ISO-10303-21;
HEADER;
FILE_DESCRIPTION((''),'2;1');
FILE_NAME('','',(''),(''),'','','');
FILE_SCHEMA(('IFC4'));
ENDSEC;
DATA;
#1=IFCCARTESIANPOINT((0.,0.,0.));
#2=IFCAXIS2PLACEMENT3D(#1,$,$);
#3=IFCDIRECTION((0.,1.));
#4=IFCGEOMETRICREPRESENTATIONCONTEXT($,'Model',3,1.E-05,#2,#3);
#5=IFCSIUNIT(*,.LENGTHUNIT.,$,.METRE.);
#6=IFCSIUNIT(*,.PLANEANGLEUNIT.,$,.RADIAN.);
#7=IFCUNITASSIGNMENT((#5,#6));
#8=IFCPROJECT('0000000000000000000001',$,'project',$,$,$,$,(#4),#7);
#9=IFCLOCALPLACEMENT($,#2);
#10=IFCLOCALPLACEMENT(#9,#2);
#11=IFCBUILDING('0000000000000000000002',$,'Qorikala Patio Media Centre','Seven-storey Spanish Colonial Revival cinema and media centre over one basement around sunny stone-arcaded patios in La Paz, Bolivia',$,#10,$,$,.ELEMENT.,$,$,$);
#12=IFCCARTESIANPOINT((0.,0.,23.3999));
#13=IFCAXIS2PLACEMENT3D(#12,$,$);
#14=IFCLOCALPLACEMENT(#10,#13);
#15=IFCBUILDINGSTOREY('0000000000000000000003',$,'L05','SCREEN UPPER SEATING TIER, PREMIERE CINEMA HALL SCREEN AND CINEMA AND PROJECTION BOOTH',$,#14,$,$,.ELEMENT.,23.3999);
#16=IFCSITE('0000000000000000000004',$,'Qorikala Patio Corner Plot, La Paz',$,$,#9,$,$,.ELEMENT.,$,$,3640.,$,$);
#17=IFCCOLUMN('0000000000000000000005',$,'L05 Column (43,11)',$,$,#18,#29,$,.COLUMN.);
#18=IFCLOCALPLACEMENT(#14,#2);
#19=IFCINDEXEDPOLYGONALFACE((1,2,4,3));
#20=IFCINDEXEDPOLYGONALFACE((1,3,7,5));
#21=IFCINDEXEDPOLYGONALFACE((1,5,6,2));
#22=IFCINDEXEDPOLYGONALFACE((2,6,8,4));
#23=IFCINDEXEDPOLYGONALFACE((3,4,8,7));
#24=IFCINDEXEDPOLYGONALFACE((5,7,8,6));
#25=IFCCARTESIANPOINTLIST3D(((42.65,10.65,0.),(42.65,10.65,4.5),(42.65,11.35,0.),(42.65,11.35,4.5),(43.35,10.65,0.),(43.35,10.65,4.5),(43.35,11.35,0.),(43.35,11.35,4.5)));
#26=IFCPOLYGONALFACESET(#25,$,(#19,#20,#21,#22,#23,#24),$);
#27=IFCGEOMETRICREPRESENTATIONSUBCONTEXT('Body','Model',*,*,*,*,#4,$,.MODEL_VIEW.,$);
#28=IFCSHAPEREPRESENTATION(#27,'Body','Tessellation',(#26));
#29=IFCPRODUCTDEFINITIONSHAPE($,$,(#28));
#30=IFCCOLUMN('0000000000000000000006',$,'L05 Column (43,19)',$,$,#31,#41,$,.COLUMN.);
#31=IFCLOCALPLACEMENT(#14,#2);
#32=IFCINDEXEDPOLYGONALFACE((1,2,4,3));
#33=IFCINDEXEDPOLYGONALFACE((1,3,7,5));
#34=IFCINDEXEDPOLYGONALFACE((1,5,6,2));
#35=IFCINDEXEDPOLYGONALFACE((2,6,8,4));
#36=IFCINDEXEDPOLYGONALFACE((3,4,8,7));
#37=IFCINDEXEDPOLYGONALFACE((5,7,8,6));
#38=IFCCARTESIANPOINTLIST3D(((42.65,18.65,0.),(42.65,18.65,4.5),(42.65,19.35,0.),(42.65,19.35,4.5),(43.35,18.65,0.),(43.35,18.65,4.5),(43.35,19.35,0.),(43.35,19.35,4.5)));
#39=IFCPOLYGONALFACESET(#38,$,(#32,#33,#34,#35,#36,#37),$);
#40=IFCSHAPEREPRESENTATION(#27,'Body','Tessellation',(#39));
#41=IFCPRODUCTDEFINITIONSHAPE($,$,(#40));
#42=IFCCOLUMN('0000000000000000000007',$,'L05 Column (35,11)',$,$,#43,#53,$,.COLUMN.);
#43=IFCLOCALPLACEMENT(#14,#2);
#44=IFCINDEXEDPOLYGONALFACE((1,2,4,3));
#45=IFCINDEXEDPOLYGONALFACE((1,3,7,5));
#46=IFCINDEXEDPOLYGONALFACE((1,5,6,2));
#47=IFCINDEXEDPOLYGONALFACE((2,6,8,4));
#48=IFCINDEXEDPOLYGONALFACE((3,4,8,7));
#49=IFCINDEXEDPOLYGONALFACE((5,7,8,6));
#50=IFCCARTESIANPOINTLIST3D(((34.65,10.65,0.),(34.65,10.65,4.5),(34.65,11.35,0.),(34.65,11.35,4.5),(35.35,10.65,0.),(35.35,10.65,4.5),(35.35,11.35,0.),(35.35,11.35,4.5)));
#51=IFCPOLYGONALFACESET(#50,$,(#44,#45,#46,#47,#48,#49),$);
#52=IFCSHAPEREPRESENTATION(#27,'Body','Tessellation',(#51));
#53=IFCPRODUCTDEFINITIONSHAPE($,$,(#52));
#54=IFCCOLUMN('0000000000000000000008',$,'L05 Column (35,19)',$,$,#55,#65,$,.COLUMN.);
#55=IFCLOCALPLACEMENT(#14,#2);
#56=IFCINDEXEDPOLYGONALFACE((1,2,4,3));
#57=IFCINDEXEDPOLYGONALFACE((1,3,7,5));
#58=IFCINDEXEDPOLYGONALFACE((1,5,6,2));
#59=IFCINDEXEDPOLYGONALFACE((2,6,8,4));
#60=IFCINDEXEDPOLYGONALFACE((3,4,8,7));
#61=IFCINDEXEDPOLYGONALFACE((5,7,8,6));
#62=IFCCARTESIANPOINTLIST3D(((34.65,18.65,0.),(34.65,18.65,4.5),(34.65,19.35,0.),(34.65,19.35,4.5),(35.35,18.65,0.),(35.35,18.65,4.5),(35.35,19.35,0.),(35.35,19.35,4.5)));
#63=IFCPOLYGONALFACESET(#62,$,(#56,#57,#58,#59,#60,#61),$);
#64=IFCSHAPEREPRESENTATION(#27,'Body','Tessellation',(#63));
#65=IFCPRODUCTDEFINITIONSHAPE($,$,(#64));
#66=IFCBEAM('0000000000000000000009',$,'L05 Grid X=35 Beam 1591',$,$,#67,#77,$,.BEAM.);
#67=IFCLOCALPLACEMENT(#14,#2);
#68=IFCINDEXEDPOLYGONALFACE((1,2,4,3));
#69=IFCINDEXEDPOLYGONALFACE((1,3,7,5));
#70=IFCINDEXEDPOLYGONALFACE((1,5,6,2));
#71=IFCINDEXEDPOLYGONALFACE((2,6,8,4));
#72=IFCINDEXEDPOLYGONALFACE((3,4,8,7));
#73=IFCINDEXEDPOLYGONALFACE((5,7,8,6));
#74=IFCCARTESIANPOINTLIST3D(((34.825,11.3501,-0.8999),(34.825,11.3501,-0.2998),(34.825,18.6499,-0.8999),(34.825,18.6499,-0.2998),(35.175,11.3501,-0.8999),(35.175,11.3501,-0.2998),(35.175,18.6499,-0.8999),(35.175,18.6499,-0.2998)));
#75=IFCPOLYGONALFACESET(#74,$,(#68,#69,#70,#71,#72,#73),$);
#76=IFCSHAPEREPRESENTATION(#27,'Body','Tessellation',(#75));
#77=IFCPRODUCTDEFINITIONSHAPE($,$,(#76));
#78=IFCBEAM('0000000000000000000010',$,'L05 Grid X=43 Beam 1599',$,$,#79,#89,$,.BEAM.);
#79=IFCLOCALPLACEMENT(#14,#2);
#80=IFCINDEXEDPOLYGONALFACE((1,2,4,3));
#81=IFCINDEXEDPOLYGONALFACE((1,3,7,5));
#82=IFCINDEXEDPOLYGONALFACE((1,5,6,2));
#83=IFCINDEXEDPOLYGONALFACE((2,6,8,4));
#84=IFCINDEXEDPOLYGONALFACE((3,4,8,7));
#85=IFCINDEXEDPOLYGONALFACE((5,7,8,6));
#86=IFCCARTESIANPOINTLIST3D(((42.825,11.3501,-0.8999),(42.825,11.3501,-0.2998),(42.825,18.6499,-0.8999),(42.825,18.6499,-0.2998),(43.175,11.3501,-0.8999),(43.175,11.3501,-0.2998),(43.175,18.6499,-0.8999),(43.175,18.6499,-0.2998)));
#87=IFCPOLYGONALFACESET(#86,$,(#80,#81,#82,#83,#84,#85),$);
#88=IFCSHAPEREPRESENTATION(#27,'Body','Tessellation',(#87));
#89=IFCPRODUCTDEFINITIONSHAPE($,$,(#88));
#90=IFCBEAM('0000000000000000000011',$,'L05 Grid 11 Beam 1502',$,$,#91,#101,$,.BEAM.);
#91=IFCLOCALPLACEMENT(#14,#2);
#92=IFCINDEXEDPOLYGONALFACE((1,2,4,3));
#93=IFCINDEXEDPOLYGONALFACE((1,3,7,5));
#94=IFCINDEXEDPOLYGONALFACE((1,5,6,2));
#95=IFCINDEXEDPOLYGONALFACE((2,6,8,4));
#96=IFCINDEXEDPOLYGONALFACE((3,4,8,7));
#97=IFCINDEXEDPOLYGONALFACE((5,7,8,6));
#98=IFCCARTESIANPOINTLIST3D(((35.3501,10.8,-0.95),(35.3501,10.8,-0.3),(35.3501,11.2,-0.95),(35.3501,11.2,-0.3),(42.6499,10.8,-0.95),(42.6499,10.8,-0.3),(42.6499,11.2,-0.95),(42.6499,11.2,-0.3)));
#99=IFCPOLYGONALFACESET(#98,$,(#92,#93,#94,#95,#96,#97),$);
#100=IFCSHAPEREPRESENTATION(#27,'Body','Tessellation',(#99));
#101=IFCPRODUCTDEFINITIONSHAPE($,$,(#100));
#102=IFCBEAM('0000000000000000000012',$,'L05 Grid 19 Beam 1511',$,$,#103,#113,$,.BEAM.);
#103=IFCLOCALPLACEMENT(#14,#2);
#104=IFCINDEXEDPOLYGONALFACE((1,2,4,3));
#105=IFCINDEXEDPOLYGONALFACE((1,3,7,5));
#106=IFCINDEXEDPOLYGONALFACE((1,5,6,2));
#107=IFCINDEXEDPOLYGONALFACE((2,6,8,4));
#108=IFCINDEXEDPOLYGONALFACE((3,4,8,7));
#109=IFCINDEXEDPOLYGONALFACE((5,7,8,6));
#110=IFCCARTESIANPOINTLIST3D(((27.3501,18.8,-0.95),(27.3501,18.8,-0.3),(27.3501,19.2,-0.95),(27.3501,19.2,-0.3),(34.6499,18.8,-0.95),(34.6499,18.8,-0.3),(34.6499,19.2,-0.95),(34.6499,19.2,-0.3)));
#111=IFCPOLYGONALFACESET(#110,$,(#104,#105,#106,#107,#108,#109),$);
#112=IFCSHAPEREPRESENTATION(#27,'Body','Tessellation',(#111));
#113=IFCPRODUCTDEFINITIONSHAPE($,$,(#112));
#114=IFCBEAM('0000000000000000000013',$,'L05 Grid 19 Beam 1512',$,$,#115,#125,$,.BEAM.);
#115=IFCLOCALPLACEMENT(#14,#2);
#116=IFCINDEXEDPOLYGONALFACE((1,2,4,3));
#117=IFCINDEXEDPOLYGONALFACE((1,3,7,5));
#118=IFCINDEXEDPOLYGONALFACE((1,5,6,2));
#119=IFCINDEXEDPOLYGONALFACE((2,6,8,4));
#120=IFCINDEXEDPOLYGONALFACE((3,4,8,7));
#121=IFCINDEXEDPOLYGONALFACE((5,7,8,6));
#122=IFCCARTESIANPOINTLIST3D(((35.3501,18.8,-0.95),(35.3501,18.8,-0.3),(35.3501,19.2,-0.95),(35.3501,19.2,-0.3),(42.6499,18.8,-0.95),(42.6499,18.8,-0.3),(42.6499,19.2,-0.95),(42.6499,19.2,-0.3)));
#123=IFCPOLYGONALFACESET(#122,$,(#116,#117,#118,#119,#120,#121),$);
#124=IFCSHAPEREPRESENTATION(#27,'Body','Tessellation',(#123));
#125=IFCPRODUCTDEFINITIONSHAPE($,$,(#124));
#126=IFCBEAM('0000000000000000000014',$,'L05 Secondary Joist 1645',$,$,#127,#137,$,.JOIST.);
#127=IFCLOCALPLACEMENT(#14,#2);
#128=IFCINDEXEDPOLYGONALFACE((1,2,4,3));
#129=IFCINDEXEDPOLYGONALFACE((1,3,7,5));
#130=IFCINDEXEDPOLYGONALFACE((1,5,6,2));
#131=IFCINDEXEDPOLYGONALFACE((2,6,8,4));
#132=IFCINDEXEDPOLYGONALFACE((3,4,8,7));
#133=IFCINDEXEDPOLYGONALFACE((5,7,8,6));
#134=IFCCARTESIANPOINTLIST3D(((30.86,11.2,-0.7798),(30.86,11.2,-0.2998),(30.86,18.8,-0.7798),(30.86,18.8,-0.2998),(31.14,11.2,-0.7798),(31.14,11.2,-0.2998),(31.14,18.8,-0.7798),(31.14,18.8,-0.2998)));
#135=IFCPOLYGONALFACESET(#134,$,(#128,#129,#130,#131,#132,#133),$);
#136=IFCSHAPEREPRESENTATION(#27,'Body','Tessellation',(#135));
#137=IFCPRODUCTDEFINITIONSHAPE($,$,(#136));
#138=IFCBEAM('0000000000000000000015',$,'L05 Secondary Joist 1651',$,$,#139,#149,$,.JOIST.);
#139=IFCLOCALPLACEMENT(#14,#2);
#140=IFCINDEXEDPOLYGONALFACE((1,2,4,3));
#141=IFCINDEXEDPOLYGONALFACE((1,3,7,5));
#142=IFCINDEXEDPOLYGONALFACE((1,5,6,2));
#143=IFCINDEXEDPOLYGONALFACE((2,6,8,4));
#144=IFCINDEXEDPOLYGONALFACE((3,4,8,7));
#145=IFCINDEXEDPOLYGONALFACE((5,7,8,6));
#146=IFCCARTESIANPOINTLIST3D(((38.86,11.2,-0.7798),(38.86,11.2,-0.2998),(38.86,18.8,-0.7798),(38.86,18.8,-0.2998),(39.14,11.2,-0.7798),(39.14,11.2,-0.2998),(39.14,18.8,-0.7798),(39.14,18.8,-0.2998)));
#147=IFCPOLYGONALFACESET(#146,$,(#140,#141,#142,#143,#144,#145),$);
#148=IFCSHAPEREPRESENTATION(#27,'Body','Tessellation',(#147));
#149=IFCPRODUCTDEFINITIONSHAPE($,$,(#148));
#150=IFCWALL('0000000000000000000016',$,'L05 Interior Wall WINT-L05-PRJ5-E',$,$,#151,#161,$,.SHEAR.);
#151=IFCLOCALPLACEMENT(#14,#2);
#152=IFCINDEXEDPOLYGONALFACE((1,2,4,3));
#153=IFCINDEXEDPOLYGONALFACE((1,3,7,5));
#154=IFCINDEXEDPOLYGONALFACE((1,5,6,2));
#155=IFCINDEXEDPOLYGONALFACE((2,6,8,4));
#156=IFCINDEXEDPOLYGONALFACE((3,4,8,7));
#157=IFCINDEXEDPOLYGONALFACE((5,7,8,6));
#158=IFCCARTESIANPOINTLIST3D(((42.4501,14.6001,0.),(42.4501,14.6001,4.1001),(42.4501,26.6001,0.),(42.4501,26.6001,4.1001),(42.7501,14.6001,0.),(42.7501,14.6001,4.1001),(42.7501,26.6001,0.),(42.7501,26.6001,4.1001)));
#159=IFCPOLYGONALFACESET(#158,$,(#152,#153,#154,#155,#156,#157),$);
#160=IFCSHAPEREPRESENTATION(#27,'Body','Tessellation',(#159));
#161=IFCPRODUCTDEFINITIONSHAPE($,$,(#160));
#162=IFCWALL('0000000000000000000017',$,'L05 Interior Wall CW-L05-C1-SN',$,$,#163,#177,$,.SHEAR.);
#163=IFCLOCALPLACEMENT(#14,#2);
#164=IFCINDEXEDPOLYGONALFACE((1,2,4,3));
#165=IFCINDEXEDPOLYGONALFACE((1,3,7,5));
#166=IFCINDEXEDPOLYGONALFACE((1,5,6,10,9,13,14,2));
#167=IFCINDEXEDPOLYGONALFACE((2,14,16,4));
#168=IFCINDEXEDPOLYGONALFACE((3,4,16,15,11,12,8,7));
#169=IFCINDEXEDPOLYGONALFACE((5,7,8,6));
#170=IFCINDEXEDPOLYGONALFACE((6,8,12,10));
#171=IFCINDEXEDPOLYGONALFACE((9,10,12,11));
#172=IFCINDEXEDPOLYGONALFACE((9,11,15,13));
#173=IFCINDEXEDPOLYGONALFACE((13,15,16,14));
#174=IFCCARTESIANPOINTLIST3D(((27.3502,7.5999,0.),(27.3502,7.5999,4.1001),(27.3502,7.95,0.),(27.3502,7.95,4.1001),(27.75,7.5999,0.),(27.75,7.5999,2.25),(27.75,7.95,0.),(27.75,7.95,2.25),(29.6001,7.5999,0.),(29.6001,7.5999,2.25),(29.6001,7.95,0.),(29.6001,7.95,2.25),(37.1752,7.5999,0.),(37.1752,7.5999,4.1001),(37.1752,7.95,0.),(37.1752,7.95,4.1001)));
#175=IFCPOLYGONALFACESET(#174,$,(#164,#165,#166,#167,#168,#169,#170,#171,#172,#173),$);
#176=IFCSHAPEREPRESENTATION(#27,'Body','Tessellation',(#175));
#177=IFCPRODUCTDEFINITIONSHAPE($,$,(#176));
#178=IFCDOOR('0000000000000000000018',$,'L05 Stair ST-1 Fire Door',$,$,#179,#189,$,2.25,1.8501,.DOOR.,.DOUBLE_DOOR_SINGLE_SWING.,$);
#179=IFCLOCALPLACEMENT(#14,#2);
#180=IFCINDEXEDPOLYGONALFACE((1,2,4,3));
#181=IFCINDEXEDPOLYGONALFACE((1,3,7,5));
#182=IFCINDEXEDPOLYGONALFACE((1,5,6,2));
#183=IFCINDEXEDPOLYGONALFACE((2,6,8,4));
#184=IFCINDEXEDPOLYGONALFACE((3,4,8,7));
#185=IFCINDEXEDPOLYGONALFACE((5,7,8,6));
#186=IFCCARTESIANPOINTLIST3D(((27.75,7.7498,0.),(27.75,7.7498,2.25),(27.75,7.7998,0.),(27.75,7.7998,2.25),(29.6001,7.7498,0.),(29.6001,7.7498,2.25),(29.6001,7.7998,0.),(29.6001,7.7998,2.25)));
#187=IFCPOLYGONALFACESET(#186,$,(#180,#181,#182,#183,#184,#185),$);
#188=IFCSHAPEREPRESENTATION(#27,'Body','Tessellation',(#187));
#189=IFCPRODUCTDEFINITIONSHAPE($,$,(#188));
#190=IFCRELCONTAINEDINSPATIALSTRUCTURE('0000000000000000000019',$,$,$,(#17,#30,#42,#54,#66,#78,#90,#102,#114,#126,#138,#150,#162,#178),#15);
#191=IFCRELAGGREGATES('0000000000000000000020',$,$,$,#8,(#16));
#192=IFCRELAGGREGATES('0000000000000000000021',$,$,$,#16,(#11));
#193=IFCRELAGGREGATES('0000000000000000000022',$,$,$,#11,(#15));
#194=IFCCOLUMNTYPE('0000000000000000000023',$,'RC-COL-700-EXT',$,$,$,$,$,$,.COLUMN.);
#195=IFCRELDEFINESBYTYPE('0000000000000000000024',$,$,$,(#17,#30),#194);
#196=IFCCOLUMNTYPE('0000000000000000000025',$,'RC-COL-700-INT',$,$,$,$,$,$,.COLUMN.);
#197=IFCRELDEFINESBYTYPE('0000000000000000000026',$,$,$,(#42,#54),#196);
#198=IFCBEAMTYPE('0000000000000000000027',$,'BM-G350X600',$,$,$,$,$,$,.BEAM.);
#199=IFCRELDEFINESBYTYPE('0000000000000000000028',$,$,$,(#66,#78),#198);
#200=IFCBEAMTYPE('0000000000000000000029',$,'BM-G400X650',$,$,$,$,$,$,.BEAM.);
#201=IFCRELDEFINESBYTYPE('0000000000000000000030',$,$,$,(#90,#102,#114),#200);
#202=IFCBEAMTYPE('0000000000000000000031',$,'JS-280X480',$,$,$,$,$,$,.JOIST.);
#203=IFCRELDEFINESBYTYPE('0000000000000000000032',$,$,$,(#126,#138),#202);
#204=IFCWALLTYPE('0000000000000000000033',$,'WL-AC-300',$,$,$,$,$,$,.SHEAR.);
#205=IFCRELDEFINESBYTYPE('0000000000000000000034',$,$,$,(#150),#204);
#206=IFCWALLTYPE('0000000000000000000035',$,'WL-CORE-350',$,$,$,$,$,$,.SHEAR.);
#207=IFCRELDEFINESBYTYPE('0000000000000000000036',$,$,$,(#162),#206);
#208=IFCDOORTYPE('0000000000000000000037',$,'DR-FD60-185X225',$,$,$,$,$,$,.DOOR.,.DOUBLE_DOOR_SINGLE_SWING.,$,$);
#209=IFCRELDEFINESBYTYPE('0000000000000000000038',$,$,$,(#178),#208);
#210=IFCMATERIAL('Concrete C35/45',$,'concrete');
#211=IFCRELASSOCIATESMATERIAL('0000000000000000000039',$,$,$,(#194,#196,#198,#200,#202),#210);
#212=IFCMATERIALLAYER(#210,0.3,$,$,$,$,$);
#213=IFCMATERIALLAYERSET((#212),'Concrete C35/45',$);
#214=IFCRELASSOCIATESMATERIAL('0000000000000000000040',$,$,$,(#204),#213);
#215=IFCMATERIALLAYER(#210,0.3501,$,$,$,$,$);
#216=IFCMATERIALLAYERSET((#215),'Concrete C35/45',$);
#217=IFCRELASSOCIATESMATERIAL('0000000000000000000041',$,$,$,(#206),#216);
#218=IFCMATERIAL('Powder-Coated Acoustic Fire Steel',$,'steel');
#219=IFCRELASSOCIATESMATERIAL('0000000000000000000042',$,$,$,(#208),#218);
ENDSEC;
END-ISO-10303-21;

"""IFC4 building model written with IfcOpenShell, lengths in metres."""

from ifc_helpers import new_model, si_unit, direction, frame, frame_2d, origin, origin_2d, place, context, subcontext, project, spatial, rectangle, extrude, material, layer, layer_set, material_profile, profile_set, type_object, element, fill, save


model = new_model("IFC4")

# Units and contexts
model_context = context("Model", 3, precision=1e-05, world=origin(), true_north=direction((0.0, 1.0)))
body_context = subcontext(model_context, "Body", "Model", "MODEL_VIEW")
ifc_project = project(units=[si_unit("LENGTHUNIT", "METRE"), si_unit("PLANEANGLEUNIT", "RADIAN")], contexts=[model_context])

# Site, building, storey
site_placement = place(None, origin())
site = spatial("IfcSite", under=ifc_project, at=site_placement, Name="Qorikala Patio Corner Plot, La Paz", CompositionType="ELEMENT", RefElevation=3640.0)
building_placement = place(site_placement, origin())
building = spatial("IfcBuilding", under=site, at=building_placement, Name="Qorikala Patio Media Centre", Description="Seven-storey Spanish Colonial Revival cinema and media centre over one basement around sunny stone-arcaded patios in La Paz, Bolivia", CompositionType="ELEMENT")
storey_placement = place(building_placement, frame((0.0, 0.0, 23.3999)))
storey = spatial("IfcBuildingStorey", under=building, at=storey_placement, Name="L05", Description="SCREEN UPPER SEATING TIER, PREMIERE CINEMA HALL SCREEN AND CINEMA AND PROJECTION BOOTH", CompositionType="ELEMENT", Elevation=23.3999)

# Columns
ifc_material_1 = material(Name="Concrete C35/45", Category="concrete")
ifc_material_profile_1 = material_profile(ifc_material_1, rectangle(XDim=0.7, YDim=0.7, at=origin_2d()), Name="RC 700x700")
ifc_profile_set_1 = profile_set([ifc_material_profile_1], Name="Concrete C35/45")
column_type_1 = type_object("IfcColumnType", Name="RC-COL-700-EXT", PredefinedType="COLUMN", material=ifc_profile_set_1)
for number, where, z_axis, x_axis, name in (
    (1, (43.0, 11.0, 0.0), (0.0, 0.0, 1.0), (1.0, 0.0, 0.0), "L05 Column (43,11)"),
    (2, (43.0, 19.0, 0.0), (0.0, 0.0, 1.0), (1.0, 0.0, 0.0), "L05 Column (43,19)"),
):
    element("IfcColumn", number, at=place(storey_placement, frame(where, z_axis=z_axis, x_axis=x_axis)), inside=storey, type_object=column_type_1, Name=name, PredefinedType="COLUMN", context=body_context, shape_type="SweptSolid", body=[
        extrude(rectangle(XDim=0.7, YDim=0.7, at=origin_2d()), origin(), (0.0, 0.0, 1.0), 4.5),
    ])
ifc_material_profile_2 = material_profile(ifc_material_1, rectangle(XDim=0.7, YDim=0.7, at=origin_2d()), Name="RC 700x700")
ifc_profile_set_2 = profile_set([ifc_material_profile_2], Name="Concrete C35/45")
column_type_2 = type_object("IfcColumnType", Name="RC-COL-700-INT", PredefinedType="COLUMN", material=ifc_profile_set_2)
for number, where, z_axis, x_axis, name in (
    (3, (35.0, 11.0, 0.0), (0.0, 0.0, 1.0), (1.0, 0.0, 0.0), "L05 Column (35,11)"),
    (4, (35.0, 19.0, 0.0), (0.0, 0.0, 1.0), (1.0, 0.0, 0.0), "L05 Column (35,19)"),
):
    element("IfcColumn", number, at=place(storey_placement, frame(where, z_axis=z_axis, x_axis=x_axis)), inside=storey, type_object=column_type_2, Name=name, PredefinedType="COLUMN", context=body_context, shape_type="SweptSolid", body=[
        extrude(rectangle(XDim=0.7, YDim=0.7, at=origin_2d()), origin(), (0.0, 0.0, 1.0), 4.5),
    ])

# Beams
ifc_material_profile_3 = material_profile(ifc_material_1, rectangle(XDim=0.3501, YDim=0.6001, at=origin_2d()), Name="RC 350x600")
ifc_profile_set_3 = profile_set([ifc_material_profile_3], Name="Concrete C35/45")
beam_type_1 = type_object("IfcBeamType", Name="BM-G350X600", PredefinedType="BEAM", material=ifc_profile_set_3)
for number, where, z_axis, x_axis, name in (
    (5, (35.0, 11.3501, -0.5999), (0.0, 1.0, 0.0), (-1.0, 0.0, 0.0), "L05 Grid X=35 Beam 1591"),
    (6, (43.0, 11.3501, -0.5999), (0.0, 1.0, 0.0), (-1.0, 0.0, 0.0), "L05 Grid X=43 Beam 1599"),
):
    element("IfcBeam", number, at=place(storey_placement, frame(where, z_axis=z_axis, x_axis=x_axis)), inside=storey, type_object=beam_type_1, Name=name, PredefinedType="BEAM", context=body_context, shape_type="SweptSolid", body=[
        extrude(rectangle(XDim=0.3501, YDim=0.6001, at=origin_2d()), origin(), (0.0, 0.0, 1.0), 7.2998),
    ])
ifc_material_profile_4 = material_profile(ifc_material_1, rectangle(XDim=0.3999, YDim=0.6499, at=origin_2d()), Name="RC 400x650")
ifc_profile_set_4 = profile_set([ifc_material_profile_4], Name="Concrete C35/45")
beam_type_2 = type_object("IfcBeamType", Name="BM-G400X650", PredefinedType="BEAM", material=ifc_profile_set_4)
for number, where, z_axis, x_axis, name in (
    (7, (35.3501, 11.0, -0.625), (1.0, 0.0, 0.0), (0.0, 1.0, 0.0), "L05 Grid 11 Beam 1502"),
    (8, (27.3501, 19.0, -0.625), (1.0, 0.0, 0.0), (0.0, 1.0, 0.0), "L05 Grid 19 Beam 1511"),
    (9, (35.3501, 19.0, -0.625), (1.0, 0.0, 0.0), (0.0, 1.0, 0.0), "L05 Grid 19 Beam 1512"),
):
    element("IfcBeam", number, at=place(storey_placement, frame(where, z_axis=z_axis, x_axis=x_axis)), inside=storey, type_object=beam_type_2, Name=name, PredefinedType="BEAM", context=body_context, shape_type="SweptSolid", body=[
        extrude(rectangle(XDim=0.3999, YDim=0.6499, at=origin_2d()), origin(), (0.0, 0.0, 1.0), 7.2998),
    ])
ifc_material_profile_5 = material_profile(ifc_material_1, rectangle(XDim=0.28, YDim=0.48, at=origin_2d()), Name="RC 280x480")
ifc_profile_set_5 = profile_set([ifc_material_profile_5], Name="Concrete C35/45")
beam_type_3 = type_object("IfcBeamType", Name="JS-280X480", PredefinedType="JOIST", material=ifc_profile_set_5)
for number, where, z_axis, x_axis, name in (
    (10, (31.0, 11.2, -0.5398), (0.0, 1.0, 0.0), (-1.0, 0.0, 0.0), "L05 Secondary Joist 1645"),
    (11, (39.0, 11.2, -0.5398), (0.0, 1.0, 0.0), (-1.0, 0.0, 0.0), "L05 Secondary Joist 1651"),
):
    element("IfcBeam", number, at=place(storey_placement, frame(where, z_axis=z_axis, x_axis=x_axis)), inside=storey, type_object=beam_type_3, Name=name, PredefinedType="JOIST", context=body_context, shape_type="SweptSolid", body=[
        extrude(rectangle(XDim=0.28, YDim=0.48, at=origin_2d()), origin(), (0.0, 0.0, 1.0), 7.6001),
    ])

# Wall
ifc_layer_1 = layer(ifc_material_1, 0.3)
ifc_layer_set_1 = layer_set([ifc_layer_1], Name="Concrete C35/45")
wall_type_1 = type_object("IfcWallType", Name="WL-AC-300", PredefinedType="SHEAR", material=ifc_layer_set_1)
wall_1_placement = place(storey_placement, frame((42.6001, 14.6001, 0.0), z_axis=(0.0, 0.0, 1.0), x_axis=(0.0, 1.0, 0.0)))
element("IfcWall", 12, at=wall_1_placement, inside=storey, type_object=wall_type_1, Name="L05 Interior Wall WINT-L05-PRJ5-E", PredefinedType="SHEAR", context=body_context, shape_type="SweptSolid", body=[
    extrude(rectangle(XDim=12.0, YDim=0.3, at=frame_2d((6.0, 0.0))), origin(), (0.0, 0.0, 1.0), 4.1001),
])

# Wall, opening, door
ifc_layer_2 = layer(ifc_material_1, 0.3501)
ifc_layer_set_2 = layer_set([ifc_layer_2], Name="Concrete C35/45")
wall_type_2 = type_object("IfcWallType", Name="WL-CORE-350", PredefinedType="SHEAR", material=ifc_layer_set_2)
wall_2_placement = place(storey_placement, frame((27.3501, 7.7749, 0.0), z_axis=(0.0, 0.0, 1.0), x_axis=(1.0, 0.0, 0.0)))
wall_2 = element("IfcWall", 13, at=wall_2_placement, inside=storey, type_object=wall_type_2, Name="L05 Interior Wall CW-L05-C1-SN", PredefinedType="SHEAR", context=body_context, shape_type="SweptSolid", body=[
    extrude(rectangle(XDim=9.825, YDim=0.3501, at=frame_2d((4.9126, 0.0))), origin(), (0.0, 0.0, 1.0), 4.1001),
])
opening_1_placement = place(wall_2_placement, frame((0.3999, 0.0, 0.0)))
opening_1 = element("IfcOpeningElement", 14, at=opening_1_placement, cuts=wall_2, PredefinedType="OPENING", context=body_context, shape_type="SweptSolid", body=[
    extrude(rectangle(XDim=1.8501, YDim=2.25, at=frame_2d((0.925, 1.125))), frame((0.0, 0.1851, 0.0), z_axis=(0.0, -1.0, 0.0), x_axis=(1.0, 0.0, 0.0)), (0.0, 0.0, 1.0), 0.3701),
])
ifc_material_2 = material(Name="Powder-Coated Acoustic Fire Steel", Category="steel")
door_type_1 = type_object("IfcDoorType", Name="DR-FD60-185X225", OperationType="DOUBLE_DOOR_SINGLE_SWING", PredefinedType="DOOR", material=ifc_material_2)
door_1_placement = place(opening_1_placement, origin())
door_1 = element("IfcDoor", 15, at=door_1_placement, inside=storey, type_object=door_type_1, Name="L05 Stair ST-1 Fire Door", OperationType="DOUBLE_DOOR_SINGLE_SWING", OverallHeight=2.25, OverallWidth=1.8501, PredefinedType="DOOR", context=body_context, shape_type="SweptSolid", body=[
    extrude(rectangle(XDim=1.8501, YDim=2.25, at=frame_2d((0.925, 1.125))), frame((0.0, 0.0249, 0.0), z_axis=(0.0, -1.0, 0.0), x_axis=(1.0, 0.0, 0.0)), (0.0, 0.0, 1.0), 0.05),
])
fill(opening_1, door_1)

save(model, "model.ifc")
